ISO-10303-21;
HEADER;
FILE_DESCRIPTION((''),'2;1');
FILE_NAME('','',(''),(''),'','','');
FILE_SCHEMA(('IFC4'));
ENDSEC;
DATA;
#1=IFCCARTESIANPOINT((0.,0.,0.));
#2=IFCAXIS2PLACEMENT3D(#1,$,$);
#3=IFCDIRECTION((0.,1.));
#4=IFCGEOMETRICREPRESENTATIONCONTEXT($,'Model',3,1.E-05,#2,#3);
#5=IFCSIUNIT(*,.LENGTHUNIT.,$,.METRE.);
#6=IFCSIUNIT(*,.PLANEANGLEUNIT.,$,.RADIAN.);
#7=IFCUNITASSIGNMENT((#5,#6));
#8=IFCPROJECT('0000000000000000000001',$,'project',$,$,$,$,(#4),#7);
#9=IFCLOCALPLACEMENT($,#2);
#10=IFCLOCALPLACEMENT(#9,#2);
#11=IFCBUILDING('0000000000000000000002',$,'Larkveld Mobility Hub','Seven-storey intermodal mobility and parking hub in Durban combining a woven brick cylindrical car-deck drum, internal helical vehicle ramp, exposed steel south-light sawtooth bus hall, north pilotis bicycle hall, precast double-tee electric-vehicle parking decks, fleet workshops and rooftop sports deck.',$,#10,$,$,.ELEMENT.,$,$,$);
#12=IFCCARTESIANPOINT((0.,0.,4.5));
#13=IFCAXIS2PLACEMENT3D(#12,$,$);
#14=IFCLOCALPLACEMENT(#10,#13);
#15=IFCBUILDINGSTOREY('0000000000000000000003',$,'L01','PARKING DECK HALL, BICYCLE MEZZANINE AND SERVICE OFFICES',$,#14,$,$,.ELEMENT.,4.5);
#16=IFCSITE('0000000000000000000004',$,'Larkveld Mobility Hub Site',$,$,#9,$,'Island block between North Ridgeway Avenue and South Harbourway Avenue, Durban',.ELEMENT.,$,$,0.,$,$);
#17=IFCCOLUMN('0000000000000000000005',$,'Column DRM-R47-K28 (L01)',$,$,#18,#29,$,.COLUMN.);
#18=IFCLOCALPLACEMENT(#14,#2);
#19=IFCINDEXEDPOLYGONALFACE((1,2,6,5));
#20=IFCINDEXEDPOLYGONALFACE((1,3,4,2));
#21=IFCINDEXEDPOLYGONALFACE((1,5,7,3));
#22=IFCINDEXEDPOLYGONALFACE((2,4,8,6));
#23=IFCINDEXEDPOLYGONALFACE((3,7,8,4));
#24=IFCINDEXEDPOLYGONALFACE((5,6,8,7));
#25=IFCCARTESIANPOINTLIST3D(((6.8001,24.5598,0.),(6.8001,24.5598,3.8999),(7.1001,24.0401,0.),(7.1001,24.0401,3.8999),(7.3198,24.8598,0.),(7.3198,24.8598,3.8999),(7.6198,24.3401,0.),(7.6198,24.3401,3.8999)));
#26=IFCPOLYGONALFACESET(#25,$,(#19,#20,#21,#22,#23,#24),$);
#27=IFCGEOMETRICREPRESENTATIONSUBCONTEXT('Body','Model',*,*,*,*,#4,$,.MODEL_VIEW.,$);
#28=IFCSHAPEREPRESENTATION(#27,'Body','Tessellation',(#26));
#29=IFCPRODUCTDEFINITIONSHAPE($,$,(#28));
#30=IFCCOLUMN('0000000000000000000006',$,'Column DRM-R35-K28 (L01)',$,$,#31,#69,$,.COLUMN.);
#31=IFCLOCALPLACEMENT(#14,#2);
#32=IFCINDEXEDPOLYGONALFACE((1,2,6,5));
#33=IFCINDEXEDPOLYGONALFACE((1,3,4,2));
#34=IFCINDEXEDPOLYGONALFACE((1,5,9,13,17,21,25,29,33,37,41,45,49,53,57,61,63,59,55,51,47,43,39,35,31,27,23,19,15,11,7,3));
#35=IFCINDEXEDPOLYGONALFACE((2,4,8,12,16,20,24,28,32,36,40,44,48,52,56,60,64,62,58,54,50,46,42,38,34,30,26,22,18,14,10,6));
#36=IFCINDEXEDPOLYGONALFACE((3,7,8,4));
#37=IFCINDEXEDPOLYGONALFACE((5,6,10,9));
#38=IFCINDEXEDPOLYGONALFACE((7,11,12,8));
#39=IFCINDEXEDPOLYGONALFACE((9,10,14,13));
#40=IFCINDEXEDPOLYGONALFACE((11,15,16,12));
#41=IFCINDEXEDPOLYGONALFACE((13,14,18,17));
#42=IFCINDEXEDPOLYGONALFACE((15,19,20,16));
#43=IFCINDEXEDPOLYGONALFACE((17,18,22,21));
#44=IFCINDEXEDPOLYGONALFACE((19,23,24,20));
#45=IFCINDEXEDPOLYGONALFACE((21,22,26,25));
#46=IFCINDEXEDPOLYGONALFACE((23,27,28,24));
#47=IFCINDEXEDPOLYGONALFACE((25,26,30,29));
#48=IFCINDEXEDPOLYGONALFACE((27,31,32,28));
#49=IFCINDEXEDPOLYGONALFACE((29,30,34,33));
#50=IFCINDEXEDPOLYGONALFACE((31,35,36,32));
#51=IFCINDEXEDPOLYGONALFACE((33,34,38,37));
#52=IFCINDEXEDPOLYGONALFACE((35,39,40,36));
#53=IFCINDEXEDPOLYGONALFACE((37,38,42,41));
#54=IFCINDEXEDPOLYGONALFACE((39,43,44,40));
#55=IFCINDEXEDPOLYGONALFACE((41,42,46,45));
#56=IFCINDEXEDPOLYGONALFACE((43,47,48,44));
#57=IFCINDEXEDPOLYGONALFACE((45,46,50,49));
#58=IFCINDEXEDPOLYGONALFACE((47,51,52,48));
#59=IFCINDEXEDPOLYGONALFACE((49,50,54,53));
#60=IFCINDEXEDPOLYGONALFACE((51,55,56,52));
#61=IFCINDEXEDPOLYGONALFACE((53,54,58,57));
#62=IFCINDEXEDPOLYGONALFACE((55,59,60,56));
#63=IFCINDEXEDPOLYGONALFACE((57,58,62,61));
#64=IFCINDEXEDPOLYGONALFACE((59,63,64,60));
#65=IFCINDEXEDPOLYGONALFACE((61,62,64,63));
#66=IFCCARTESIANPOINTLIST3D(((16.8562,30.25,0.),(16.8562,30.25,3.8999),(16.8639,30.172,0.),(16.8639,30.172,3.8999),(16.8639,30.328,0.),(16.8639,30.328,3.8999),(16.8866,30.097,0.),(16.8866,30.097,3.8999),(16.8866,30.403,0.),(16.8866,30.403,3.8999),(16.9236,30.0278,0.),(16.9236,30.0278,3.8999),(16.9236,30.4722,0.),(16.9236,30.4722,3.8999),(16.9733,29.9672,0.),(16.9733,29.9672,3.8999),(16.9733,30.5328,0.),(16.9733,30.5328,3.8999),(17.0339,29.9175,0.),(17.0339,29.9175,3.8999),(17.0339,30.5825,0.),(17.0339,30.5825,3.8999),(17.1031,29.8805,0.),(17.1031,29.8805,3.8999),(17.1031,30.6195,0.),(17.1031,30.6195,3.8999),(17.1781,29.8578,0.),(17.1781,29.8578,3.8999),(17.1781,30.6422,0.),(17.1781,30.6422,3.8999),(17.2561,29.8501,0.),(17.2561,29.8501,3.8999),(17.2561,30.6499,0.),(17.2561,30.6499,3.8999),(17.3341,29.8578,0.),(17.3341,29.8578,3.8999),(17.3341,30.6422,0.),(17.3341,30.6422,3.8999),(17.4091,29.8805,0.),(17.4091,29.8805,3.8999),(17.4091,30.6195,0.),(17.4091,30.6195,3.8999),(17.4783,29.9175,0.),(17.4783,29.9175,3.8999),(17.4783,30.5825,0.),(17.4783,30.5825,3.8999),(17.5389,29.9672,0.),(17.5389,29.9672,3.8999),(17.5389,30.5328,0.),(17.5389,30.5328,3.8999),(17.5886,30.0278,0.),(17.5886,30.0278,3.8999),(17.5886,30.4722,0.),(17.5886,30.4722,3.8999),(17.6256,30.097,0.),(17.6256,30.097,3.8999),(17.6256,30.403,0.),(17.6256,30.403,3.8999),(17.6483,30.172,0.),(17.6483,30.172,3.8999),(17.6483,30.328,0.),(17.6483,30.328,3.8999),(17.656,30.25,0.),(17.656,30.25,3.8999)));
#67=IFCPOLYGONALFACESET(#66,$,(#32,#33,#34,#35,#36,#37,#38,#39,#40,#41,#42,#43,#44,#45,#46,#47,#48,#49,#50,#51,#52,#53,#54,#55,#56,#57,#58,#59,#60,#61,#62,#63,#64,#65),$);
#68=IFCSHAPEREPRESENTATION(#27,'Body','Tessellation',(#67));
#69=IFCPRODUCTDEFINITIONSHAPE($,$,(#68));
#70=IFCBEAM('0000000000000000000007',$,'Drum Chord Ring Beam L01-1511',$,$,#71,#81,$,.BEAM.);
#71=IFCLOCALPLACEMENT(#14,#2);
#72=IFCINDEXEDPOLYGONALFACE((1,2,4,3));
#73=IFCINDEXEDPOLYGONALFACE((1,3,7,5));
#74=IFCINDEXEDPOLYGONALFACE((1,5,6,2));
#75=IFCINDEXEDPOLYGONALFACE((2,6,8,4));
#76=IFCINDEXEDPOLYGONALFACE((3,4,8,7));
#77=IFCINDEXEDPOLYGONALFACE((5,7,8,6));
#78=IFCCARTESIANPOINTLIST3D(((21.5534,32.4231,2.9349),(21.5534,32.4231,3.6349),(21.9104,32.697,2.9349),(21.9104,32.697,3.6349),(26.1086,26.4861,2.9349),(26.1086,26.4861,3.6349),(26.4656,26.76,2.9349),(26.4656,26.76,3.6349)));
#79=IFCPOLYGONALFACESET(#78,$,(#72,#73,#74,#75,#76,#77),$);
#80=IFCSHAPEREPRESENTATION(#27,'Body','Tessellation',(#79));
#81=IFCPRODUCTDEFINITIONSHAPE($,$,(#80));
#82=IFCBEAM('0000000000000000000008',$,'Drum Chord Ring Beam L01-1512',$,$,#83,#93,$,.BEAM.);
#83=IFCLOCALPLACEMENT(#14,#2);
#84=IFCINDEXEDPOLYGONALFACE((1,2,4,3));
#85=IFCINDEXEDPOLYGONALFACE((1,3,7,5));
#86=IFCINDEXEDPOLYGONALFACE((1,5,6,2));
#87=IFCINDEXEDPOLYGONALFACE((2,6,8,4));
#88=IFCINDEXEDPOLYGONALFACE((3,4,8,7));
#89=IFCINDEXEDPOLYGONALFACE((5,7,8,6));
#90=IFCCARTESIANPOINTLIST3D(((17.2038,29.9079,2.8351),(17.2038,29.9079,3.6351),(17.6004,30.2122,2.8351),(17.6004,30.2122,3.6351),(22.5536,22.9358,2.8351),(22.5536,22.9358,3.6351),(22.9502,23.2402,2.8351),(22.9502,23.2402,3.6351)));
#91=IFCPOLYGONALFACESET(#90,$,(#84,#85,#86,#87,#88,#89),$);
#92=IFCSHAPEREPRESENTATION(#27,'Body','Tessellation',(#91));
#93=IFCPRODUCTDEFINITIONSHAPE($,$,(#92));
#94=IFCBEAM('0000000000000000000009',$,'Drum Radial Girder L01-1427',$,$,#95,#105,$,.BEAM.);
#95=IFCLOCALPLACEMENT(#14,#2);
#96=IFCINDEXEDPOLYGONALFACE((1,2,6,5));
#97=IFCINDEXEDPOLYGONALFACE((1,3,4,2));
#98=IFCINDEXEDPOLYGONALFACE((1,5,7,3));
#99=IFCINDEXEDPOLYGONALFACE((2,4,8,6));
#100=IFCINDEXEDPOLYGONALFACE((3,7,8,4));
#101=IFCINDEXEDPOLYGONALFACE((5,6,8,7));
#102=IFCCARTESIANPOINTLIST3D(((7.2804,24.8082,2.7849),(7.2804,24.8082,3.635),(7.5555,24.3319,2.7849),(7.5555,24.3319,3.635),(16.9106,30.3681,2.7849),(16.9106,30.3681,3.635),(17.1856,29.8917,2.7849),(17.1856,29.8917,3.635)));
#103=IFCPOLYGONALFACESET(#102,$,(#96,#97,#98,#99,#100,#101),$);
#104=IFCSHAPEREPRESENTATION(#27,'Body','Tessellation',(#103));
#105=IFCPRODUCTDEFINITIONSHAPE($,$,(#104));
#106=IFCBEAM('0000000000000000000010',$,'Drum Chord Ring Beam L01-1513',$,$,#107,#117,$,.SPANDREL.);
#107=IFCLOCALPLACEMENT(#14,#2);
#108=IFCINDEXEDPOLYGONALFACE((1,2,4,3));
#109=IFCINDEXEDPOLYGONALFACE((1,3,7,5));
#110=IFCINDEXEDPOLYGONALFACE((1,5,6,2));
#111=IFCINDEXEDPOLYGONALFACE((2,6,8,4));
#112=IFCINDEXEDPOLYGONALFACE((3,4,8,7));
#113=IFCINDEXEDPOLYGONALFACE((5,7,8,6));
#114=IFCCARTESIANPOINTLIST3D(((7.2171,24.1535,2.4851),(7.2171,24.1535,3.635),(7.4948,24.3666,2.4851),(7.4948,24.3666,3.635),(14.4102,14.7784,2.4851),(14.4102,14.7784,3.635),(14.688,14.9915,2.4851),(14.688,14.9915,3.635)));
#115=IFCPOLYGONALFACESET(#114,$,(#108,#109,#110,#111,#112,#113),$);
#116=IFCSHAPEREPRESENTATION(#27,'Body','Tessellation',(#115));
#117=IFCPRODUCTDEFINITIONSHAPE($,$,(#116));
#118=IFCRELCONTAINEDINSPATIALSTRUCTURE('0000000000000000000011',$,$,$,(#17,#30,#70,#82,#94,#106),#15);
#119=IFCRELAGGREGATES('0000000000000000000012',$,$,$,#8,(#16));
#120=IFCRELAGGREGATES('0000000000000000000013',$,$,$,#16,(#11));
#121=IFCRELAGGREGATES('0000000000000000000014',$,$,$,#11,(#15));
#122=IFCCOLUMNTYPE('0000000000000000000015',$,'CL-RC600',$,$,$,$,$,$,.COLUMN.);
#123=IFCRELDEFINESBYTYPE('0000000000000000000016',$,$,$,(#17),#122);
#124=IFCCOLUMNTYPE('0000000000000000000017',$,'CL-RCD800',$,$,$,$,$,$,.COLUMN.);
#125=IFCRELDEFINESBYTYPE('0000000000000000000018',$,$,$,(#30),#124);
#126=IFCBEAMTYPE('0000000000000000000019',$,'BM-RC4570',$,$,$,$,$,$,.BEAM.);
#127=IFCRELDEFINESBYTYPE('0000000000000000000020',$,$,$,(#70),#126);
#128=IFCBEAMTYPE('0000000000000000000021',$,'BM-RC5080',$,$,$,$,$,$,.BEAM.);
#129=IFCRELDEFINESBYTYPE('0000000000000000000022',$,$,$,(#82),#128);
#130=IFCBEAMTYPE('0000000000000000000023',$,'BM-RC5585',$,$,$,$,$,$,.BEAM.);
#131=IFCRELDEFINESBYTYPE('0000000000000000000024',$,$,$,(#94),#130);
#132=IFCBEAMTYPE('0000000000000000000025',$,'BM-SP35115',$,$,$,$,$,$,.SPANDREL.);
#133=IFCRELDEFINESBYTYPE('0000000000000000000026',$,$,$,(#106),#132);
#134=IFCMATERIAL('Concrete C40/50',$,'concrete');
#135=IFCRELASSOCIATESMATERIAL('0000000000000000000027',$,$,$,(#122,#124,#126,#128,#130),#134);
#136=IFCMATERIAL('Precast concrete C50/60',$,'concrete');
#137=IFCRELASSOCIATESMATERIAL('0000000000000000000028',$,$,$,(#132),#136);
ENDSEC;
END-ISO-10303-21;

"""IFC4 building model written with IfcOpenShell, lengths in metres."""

from ifc_helpers import new_model, si_unit, direction, frame, origin, origin_2d, place, context, subcontext, project, spatial, rectangle, circle, extrude, material, material_profile, profile_set, type_object, element, save


model = new_model("IFC4")

# Units and contexts
model_context = context("Model", 3, precision=1e-05, world=origin(), true_north=direction((0.0, 1.0)))
body_context = subcontext(model_context, "Body", "Model", "MODEL_VIEW")
ifc_project = project(units=[si_unit("LENGTHUNIT", "METRE"), si_unit("PLANEANGLEUNIT", "RADIAN")], contexts=[model_context])

# Site, building, storey
site_placement = place(None, origin())
site = spatial("IfcSite", under=ifc_project, at=site_placement, Name="Larkveld Mobility Hub Site", LongName="Island block between North Ridgeway Avenue and South Harbourway Avenue, Durban", CompositionType="ELEMENT", RefElevation=0.0)
building_placement = place(site_placement, origin())
building = spatial("IfcBuilding", under=site, at=building_placement, Name="Larkveld Mobility Hub", Description="Seven-storey intermodal mobility and parking hub in Durban combining a woven brick cylindrical car-deck drum, internal helical vehicle ramp, exposed steel south-light sawtooth bus hall, north pilotis bicycle hall, precast double-tee electric-vehicle parking decks, fleet workshops and rooftop sports deck.", CompositionType="ELEMENT")
storey_placement = place(building_placement, frame((0.0, 0.0, 4.5)))
storey = spatial("IfcBuildingStorey", under=building, at=storey_placement, Name="L01", Description="PARKING DECK HALL, BICYCLE MEZZANINE AND SERVICE OFFICES", CompositionType="ELEMENT", Elevation=4.5)

# Columns
ifc_material_1 = material(Name="Concrete C40/50", Category="concrete")
ifc_material_profile_1 = material_profile(ifc_material_1, rectangle(XDim=0.6001, YDim=0.6001, at=origin_2d()), Name="RC COL 600x600")
ifc_profile_set_1 = profile_set([ifc_material_profile_1], Name="Concrete C40/50")
column_type_1 = type_object("IfcColumnType", Name="CL-RC600", PredefinedType="COLUMN", material=ifc_profile_set_1)
column_1_placement = place(storey_placement, frame((7.21, 24.45, 0.0), z_axis=(0.0, 0.0, 1.0), x_axis=(0.866025, 0.5, 0.0)))
element("IfcColumn", 1, at=column_1_placement, inside=storey, type_object=column_type_1, Name="Column DRM-R47-K28 (L01)", PredefinedType="COLUMN", context=body_context, shape_type="SweptSolid", body=[
    extrude(rectangle(XDim=0.6001, YDim=0.6001, at=origin_2d()), origin(), (0.0, 0.0, 1.0), 3.8999),
])
ifc_material_profile_2 = material_profile(ifc_material_1, circle(Radius=0.3999, at=origin_2d()), Name="RC COL D800")
ifc_profile_set_2 = profile_set([ifc_material_profile_2], Name="Concrete C40/50")
column_type_2 = type_object("IfcColumnType", Name="CL-RCD800", PredefinedType="COLUMN", material=ifc_profile_set_2)
column_2_placement = place(storey_placement, frame((17.2561, 30.25, 0.0), z_axis=(0.0, 0.0, 1.0), x_axis=(1.0, 0.0, 0.0)))
element("IfcColumn", 2, at=column_2_placement, inside=storey, type_object=column_type_2, Name="Column DRM-R35-K28 (L01)", PredefinedType="COLUMN", context=body_context, shape_type="SweptSolid", body=[
    extrude(circle(Radius=0.3999, at=origin_2d()), origin(), (0.0, 0.0, 1.0), 3.8999),
])

# Beams
ifc_material_profile_3 = material_profile(ifc_material_1, rectangle(XDim=0.45, YDim=0.7, at=origin_2d()), Name="RC BM 450x700")
ifc_profile_set_3 = profile_set([ifc_material_profile_3], Name="Concrete C40/50")
beam_type_1 = type_object("IfcBeamType", Name="BM-RC4570", PredefinedType="BEAM", material=ifc_profile_set_3)
beam_1_placement = place(storey_placement, frame((21.7319, 32.5601, 3.2849), z_axis=(0.608723, -0.793383, 0.0), x_axis=(0.793383, 0.608723, 0.0)))
element("IfcBeam", 3, at=beam_1_placement, inside=storey, type_object=beam_type_1, Name="Drum Chord Ring Beam L01-1511", PredefinedType="BEAM", context=body_context, shape_type="SweptSolid", body=[
    extrude(rectangle(XDim=0.45, YDim=0.7, at=origin_2d()), origin(), (0.0, 0.0, 1.0), 7.4832),
])
ifc_material_profile_4 = material_profile(ifc_material_1, rectangle(XDim=0.5, YDim=0.8, at=origin_2d()), Name="RC BM 500x800")
ifc_profile_set_4 = profile_set([ifc_material_profile_4], Name="Concrete C40/50")
beam_type_2 = type_object("IfcBeamType", Name="BM-RC5080", PredefinedType="BEAM", material=ifc_profile_set_4)
beam_2_placement = place(storey_placement, frame((17.4021, 30.0601, 3.2351), z_axis=(0.608756, -0.793358, 0.0), x_axis=(0.793358, 0.608756, 0.0)))
element("IfcBeam", 4, at=beam_2_placement, inside=storey, type_object=beam_type_2, Name="Drum Chord Ring Beam L01-1512", PredefinedType="BEAM", context=body_context, shape_type="SweptSolid", body=[
    extrude(rectangle(XDim=0.5, YDim=0.8, at=origin_2d()), origin(), (0.0, 0.0, 1.0), 8.7881),
])
ifc_material_profile_5 = material_profile(ifc_material_1, rectangle(XDim=0.55, YDim=0.8501, at=origin_2d()), Name="RC BM 550x850")
ifc_profile_set_5 = profile_set([ifc_material_profile_5], Name="Concrete C40/50")
beam_type_3 = type_object("IfcBeamType", Name="BM-RC5585", PredefinedType="BEAM", material=ifc_profile_set_5)
beam_3_placement = place(storey_placement, frame((17.0481, 30.1299, 3.21), z_axis=(-0.866031, -0.49999, 0.0), x_axis=(0.49999, -0.866031, 0.0)))
element("IfcBeam", 5, at=beam_3_placement, inside=storey, type_object=beam_type_3, Name="Drum Radial Girder L01-1427", PredefinedType="BEAM", context=body_context, shape_type="SweptSolid", body=[
    extrude(rectangle(XDim=0.55, YDim=0.8501, at=origin_2d()), origin(), (0.0, 0.0, 1.0), 11.1199),
])
ifc_material_2 = material(Name="Precast concrete C50/60", Category="concrete")
ifc_material_profile_6 = material_profile(ifc_material_2, rectangle(XDim=0.3501, YDim=1.1499, at=origin_2d()), Name="PC SP 350x1150")
ifc_profile_set_6 = profile_set([ifc_material_profile_6], Name="Precast concrete C50/60")
beam_type_4 = type_object("IfcBeamType", Name="BM-SP35115", PredefinedType="SPANDREL", material=ifc_profile_set_6)
beam_4_placement = place(storey_placement, frame((7.356, 24.26, 3.0601), z_axis=(0.608731, -0.793377, 0.0), x_axis=(0.793377, 0.608731, 0.0)))
element("IfcBeam", 6, at=beam_4_placement, inside=storey, type_object=beam_type_4, Name="Drum Chord Ring Beam L01-1513", PredefinedType="SPANDREL", context=body_context, shape_type="SweptSolid", body=[
    extrude(rectangle(XDim=0.3501, YDim=1.1499, at=origin_2d()), origin(), (0.0, 0.0, 1.0), 11.8167),
])

save(model, "model.ifc")
